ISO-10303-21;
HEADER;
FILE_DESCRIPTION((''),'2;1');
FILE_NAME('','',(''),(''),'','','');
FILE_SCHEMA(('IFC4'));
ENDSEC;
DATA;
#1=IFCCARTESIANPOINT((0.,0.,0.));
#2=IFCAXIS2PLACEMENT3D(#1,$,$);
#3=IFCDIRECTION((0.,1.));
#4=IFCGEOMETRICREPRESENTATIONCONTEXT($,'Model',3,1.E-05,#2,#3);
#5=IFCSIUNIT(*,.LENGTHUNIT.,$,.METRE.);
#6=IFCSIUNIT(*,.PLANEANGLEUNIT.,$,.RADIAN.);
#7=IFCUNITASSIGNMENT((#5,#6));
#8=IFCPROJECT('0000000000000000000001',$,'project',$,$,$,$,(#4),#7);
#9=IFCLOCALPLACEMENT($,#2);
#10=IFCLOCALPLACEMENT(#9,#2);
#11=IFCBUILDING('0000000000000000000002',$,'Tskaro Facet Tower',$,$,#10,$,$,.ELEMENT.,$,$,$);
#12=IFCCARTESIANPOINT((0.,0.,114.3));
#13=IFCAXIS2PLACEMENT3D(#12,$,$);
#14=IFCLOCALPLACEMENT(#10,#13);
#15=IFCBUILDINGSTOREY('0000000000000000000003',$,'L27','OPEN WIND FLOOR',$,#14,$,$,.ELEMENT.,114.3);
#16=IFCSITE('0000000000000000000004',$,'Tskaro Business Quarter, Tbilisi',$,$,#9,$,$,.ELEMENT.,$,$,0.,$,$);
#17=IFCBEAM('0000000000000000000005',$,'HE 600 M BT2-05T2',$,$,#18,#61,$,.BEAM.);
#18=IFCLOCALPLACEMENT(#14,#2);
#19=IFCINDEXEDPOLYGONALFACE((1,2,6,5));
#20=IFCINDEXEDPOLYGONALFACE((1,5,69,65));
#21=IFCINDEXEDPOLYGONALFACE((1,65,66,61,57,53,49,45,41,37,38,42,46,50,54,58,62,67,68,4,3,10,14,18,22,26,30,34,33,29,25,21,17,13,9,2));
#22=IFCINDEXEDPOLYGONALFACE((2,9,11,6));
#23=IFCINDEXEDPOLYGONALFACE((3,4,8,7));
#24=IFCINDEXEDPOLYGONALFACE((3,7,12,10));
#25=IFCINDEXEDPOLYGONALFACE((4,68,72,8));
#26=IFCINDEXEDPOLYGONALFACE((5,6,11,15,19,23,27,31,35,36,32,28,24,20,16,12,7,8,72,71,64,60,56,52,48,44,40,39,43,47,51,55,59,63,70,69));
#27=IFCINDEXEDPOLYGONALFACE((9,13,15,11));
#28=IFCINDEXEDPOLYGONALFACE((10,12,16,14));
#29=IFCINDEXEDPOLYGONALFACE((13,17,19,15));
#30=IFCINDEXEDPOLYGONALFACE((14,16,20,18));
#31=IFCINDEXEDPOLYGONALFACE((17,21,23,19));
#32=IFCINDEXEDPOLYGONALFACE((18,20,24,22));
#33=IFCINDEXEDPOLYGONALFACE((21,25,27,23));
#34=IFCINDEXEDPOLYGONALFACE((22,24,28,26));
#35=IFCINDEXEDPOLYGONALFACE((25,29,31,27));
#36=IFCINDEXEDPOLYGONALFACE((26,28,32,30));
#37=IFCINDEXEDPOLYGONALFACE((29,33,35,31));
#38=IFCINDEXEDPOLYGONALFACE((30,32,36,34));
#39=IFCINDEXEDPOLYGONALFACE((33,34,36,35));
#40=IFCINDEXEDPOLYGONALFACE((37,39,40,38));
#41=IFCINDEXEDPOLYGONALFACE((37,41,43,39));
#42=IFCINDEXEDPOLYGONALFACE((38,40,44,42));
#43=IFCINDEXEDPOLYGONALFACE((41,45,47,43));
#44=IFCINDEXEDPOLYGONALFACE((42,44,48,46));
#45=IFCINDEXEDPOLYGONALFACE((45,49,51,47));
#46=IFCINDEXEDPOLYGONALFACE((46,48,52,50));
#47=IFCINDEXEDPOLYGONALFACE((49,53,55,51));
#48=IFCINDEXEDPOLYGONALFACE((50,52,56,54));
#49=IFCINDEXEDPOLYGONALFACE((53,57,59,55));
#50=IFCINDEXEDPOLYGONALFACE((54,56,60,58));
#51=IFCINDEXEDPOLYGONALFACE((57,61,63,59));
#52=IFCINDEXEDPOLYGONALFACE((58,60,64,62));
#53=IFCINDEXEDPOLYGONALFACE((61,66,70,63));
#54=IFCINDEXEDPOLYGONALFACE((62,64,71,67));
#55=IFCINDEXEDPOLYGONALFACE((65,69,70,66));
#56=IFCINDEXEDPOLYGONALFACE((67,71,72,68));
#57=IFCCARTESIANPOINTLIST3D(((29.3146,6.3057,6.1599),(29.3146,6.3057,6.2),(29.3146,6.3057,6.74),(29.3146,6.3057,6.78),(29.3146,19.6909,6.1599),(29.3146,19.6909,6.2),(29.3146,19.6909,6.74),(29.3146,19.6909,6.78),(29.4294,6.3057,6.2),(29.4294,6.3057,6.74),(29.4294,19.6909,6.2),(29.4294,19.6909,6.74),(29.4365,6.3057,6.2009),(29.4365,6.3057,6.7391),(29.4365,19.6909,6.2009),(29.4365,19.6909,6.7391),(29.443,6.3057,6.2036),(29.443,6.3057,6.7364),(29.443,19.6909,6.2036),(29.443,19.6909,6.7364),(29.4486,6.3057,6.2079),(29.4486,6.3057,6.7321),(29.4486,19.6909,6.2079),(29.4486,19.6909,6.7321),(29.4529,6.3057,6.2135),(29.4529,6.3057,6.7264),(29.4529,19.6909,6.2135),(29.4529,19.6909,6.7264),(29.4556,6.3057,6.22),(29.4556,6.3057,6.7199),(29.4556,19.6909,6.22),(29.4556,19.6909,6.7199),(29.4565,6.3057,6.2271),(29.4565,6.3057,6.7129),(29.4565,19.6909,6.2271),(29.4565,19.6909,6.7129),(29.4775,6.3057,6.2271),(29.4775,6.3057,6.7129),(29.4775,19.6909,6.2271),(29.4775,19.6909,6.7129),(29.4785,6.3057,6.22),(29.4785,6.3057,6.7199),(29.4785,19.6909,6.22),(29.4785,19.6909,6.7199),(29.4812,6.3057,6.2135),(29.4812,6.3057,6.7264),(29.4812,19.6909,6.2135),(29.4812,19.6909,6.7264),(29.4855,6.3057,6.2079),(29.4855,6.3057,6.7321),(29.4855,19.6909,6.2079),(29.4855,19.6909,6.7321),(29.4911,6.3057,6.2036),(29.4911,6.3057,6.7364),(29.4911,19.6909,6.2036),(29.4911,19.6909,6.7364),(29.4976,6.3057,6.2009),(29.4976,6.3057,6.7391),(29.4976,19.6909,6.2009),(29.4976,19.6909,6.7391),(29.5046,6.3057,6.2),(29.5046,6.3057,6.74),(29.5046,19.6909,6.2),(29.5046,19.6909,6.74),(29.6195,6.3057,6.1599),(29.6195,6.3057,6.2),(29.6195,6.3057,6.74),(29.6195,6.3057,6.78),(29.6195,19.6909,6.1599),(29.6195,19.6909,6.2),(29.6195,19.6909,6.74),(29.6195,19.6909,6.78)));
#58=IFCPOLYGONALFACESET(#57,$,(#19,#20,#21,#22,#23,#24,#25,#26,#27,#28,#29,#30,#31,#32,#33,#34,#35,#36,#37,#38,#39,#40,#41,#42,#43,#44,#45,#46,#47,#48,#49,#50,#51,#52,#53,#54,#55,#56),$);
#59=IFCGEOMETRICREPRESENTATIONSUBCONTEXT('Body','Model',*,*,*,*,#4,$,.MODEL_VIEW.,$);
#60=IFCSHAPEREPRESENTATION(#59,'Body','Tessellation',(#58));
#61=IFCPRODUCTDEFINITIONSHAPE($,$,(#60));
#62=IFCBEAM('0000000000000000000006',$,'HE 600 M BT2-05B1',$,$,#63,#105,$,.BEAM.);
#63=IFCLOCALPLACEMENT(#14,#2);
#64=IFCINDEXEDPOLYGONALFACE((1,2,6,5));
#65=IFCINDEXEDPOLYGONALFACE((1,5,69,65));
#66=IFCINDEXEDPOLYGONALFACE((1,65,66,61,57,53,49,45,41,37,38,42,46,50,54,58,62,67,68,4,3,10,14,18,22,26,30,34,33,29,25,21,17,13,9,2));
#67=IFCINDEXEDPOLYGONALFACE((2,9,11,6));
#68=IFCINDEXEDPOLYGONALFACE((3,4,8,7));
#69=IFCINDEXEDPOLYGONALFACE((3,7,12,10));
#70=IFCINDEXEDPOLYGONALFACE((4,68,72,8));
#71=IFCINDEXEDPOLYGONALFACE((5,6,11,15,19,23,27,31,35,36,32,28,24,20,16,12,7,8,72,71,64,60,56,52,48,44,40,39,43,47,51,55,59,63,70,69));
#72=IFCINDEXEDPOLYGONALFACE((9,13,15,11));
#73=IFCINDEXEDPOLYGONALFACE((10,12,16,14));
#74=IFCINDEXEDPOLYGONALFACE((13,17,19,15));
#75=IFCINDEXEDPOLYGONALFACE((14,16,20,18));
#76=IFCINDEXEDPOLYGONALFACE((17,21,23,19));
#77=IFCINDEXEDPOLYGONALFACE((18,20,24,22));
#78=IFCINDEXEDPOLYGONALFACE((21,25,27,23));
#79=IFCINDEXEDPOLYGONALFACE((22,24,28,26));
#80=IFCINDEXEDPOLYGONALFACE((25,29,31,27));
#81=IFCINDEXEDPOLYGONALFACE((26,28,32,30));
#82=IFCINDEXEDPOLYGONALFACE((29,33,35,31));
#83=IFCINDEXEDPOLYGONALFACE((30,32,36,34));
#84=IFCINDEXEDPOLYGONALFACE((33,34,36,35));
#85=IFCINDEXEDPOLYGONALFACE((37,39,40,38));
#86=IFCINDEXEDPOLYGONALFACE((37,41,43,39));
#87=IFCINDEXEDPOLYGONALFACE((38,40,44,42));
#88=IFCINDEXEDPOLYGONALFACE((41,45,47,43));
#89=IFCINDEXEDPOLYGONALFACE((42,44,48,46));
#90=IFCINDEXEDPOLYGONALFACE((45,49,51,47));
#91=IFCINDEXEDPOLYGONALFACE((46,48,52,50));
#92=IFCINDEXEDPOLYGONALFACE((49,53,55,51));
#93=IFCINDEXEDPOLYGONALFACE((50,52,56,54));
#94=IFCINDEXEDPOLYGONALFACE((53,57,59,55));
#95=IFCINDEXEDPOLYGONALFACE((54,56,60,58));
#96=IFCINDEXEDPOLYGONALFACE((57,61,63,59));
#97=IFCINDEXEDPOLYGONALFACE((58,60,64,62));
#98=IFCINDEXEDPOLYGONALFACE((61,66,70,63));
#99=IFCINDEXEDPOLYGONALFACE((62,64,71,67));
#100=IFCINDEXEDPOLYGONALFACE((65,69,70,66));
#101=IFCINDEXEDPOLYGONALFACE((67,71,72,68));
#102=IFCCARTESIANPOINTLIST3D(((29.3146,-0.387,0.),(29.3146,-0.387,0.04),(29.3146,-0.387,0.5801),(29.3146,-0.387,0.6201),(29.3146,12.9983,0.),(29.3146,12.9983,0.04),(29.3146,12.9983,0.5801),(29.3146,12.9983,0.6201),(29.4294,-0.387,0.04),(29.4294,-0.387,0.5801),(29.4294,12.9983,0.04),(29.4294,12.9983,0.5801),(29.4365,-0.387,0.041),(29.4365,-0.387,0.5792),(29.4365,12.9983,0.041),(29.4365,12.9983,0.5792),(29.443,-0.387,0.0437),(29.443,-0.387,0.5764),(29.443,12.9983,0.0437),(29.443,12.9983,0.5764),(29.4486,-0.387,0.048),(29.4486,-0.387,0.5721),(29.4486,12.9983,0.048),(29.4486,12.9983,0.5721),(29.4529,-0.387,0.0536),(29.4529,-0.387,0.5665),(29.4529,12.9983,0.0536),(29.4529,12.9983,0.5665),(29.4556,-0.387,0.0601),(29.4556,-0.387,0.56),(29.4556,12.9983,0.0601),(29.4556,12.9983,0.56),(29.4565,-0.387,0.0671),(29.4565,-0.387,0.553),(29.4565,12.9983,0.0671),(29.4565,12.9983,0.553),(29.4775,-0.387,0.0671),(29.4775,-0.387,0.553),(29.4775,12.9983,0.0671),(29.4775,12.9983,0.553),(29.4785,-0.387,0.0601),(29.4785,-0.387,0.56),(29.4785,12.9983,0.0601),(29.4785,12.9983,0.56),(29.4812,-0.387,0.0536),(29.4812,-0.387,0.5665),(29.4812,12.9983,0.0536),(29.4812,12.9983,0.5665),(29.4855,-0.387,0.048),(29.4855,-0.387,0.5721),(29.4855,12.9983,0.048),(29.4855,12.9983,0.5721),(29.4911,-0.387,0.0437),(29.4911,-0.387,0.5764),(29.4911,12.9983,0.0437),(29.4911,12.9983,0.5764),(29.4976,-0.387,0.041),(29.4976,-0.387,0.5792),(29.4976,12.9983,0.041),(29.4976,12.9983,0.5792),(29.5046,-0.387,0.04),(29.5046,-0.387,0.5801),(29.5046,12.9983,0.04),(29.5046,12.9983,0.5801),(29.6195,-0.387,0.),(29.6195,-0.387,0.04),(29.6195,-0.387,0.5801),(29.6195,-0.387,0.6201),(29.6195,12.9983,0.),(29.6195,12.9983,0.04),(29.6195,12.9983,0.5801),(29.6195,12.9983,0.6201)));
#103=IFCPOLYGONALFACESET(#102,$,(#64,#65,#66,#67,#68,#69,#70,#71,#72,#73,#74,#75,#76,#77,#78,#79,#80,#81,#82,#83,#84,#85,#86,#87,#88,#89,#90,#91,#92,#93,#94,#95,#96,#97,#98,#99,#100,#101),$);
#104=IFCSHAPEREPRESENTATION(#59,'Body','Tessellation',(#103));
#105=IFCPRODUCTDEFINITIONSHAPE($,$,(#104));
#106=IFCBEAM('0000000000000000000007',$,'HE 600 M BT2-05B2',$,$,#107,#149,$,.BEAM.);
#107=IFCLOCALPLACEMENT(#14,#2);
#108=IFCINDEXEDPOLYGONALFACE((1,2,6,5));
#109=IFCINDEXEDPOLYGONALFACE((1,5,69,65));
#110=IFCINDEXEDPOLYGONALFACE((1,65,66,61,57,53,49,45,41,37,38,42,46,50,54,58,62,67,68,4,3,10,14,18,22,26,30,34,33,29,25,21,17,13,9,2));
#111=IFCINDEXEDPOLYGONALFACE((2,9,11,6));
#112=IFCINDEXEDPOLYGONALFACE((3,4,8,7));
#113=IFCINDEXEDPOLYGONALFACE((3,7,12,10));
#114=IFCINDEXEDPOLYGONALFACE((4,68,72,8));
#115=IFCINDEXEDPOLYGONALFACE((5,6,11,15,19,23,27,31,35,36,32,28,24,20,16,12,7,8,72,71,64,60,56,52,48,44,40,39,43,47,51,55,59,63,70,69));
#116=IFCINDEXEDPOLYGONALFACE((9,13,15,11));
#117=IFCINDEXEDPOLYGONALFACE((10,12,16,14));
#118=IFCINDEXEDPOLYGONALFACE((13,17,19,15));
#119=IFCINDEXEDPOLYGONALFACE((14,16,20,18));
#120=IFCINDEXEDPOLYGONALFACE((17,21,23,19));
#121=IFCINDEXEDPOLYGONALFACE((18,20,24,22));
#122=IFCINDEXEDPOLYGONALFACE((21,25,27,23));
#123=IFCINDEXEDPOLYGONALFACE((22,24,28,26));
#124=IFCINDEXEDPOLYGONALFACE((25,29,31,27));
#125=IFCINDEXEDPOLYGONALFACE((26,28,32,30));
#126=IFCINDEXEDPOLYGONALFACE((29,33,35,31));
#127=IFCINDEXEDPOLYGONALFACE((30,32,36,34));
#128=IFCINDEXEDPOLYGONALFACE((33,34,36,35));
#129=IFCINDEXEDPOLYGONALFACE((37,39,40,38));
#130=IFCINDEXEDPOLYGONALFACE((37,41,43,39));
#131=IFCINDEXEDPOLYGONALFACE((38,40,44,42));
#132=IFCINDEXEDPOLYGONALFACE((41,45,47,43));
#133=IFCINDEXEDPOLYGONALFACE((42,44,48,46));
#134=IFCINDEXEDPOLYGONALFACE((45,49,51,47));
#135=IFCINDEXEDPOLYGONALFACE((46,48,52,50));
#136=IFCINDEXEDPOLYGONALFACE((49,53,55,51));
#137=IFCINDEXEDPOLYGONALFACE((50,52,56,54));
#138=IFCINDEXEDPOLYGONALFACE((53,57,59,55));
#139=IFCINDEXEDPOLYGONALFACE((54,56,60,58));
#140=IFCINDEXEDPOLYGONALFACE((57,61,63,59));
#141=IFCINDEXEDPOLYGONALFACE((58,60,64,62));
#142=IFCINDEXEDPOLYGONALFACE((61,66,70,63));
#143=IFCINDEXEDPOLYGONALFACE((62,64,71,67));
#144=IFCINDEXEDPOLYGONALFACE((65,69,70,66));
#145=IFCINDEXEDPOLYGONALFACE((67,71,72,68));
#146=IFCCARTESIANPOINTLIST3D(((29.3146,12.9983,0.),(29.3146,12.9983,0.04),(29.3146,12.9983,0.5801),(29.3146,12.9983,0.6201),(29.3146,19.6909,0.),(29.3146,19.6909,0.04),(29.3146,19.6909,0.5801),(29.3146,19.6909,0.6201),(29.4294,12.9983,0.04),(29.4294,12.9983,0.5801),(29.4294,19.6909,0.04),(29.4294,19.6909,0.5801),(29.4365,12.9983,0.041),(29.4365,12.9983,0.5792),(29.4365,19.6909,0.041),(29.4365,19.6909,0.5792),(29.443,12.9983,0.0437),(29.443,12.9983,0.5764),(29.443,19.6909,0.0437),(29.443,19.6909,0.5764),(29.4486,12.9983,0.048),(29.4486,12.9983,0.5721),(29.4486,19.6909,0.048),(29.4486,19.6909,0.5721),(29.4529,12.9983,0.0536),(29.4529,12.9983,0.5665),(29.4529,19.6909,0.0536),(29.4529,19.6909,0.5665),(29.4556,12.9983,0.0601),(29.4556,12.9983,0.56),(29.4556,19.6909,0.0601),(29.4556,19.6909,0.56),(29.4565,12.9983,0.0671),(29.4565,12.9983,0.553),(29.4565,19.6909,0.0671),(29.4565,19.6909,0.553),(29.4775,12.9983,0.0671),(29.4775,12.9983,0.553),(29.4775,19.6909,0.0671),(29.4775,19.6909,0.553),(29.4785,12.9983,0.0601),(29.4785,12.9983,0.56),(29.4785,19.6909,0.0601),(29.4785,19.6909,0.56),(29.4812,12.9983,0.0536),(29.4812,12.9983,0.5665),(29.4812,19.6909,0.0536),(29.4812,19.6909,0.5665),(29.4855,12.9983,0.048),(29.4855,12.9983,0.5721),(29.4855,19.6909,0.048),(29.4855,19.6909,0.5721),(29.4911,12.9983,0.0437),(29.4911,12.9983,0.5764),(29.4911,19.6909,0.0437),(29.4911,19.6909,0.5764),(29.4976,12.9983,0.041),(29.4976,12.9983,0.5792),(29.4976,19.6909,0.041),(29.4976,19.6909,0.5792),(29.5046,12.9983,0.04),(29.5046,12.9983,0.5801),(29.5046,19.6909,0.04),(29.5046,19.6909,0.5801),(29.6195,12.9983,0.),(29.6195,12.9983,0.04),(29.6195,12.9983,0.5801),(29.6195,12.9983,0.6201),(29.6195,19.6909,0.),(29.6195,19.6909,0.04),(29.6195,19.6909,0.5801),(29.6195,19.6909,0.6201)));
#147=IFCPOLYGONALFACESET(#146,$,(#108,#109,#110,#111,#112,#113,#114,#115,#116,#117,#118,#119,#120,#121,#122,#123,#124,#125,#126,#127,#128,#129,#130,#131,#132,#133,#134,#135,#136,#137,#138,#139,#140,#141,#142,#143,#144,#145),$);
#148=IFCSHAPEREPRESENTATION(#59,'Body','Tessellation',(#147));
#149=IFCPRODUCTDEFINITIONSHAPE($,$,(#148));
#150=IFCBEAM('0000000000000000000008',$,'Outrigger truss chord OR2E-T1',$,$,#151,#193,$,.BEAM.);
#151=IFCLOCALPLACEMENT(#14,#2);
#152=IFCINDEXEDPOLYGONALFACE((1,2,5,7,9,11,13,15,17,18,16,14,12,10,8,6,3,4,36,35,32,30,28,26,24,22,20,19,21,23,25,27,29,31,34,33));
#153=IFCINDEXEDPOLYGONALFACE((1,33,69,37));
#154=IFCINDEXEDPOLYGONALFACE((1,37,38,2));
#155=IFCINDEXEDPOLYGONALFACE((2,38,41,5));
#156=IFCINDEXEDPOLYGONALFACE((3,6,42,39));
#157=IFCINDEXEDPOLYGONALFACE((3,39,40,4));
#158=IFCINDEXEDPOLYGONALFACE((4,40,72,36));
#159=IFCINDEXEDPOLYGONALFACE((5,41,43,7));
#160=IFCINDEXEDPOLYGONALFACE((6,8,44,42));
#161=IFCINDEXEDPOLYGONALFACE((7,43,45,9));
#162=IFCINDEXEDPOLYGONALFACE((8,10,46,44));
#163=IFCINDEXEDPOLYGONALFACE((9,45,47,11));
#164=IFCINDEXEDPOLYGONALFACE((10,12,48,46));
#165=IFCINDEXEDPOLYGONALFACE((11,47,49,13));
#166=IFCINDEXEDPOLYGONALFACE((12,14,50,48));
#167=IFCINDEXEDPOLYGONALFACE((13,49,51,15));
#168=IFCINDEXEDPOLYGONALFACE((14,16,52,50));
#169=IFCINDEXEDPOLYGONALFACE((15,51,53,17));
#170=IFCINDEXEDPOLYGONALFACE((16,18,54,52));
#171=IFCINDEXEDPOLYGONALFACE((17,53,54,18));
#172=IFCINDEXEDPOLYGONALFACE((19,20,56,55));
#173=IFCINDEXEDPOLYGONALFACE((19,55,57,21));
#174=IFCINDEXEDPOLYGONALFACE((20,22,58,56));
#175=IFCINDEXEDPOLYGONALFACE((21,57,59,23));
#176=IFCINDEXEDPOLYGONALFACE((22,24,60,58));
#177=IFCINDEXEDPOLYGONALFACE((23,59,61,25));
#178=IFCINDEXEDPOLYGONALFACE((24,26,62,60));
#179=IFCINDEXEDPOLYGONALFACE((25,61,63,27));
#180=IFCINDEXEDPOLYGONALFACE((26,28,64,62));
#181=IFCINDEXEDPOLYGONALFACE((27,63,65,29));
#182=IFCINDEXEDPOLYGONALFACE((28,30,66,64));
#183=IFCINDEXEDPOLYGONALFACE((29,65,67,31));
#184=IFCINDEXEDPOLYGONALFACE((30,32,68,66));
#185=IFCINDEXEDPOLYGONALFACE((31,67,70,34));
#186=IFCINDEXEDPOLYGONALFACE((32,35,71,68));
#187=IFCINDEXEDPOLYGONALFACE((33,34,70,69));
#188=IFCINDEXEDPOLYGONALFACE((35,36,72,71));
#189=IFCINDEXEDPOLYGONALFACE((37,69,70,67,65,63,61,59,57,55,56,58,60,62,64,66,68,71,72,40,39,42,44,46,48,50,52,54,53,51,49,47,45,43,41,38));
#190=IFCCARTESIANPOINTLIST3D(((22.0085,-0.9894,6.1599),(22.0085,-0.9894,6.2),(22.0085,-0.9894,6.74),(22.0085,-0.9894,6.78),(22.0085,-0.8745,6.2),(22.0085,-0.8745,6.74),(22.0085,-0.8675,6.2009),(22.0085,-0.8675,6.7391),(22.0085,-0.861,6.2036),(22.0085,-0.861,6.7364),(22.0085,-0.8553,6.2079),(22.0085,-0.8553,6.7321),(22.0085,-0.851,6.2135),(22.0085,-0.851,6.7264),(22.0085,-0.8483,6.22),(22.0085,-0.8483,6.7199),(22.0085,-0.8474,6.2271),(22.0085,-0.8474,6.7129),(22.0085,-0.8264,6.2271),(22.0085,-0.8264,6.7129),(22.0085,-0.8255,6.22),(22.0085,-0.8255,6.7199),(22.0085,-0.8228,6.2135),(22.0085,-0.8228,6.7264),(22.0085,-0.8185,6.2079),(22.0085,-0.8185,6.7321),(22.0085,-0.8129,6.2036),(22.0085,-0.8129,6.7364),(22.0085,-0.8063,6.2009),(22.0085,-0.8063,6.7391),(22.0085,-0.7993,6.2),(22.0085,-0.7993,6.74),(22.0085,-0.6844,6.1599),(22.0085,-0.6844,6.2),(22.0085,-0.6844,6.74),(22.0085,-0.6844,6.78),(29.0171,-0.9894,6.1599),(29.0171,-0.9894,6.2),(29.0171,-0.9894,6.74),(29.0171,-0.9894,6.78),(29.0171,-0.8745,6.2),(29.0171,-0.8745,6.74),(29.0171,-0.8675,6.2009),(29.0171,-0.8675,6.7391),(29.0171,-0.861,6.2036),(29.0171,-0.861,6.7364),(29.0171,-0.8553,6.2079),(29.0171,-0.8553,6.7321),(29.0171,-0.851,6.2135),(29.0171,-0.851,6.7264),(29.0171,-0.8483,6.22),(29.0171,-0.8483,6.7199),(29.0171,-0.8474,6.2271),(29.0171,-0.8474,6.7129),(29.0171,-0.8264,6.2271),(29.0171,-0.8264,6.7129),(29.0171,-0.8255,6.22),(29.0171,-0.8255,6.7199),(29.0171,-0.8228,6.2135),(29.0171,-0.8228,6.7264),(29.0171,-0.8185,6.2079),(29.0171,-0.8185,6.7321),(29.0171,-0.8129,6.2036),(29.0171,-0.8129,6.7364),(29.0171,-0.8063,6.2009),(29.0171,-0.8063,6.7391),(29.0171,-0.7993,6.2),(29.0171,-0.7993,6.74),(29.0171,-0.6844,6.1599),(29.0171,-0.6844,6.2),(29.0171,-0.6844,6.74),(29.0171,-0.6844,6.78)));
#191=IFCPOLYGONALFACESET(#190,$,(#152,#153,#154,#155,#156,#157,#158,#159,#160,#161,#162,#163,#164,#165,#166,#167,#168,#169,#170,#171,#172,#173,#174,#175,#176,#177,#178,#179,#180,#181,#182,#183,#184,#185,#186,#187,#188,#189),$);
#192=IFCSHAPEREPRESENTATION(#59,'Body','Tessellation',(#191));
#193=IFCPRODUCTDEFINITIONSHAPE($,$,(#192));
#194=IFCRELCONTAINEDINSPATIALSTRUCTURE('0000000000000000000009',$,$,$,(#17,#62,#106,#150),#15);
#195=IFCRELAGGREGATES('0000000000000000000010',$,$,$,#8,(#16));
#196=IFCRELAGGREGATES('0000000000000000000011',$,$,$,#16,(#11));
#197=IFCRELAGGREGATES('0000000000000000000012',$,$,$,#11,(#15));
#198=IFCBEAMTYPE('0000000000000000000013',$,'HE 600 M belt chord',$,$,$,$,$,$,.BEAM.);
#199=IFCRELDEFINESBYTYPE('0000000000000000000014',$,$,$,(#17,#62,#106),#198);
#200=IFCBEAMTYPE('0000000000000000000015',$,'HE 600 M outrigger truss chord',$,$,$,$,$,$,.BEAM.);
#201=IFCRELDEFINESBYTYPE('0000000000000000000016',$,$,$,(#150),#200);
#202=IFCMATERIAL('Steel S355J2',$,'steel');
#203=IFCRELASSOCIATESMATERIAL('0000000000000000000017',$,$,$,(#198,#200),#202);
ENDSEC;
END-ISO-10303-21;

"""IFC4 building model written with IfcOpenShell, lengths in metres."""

from ifc_helpers import new_model, si_unit, direction, frame, origin, origin_2d, place, context, subcontext, project, spatial, i_section, extrude, material, material_profile, profile_set, type_object, element, save


model = new_model("IFC4")

# Units and contexts
model_context = context("Model", 3, precision=1e-05, world=origin(), true_north=direction((0.0, 1.0)))
body_context = subcontext(model_context, "Body", "Model", "MODEL_VIEW")
ifc_project = project(units=[si_unit("LENGTHUNIT", "METRE"), si_unit("PLANEANGLEUNIT", "RADIAN")], contexts=[model_context])

# Site, building, storey
site_placement = place(None, origin())
site = spatial("IfcSite", under=ifc_project, at=site_placement, Name="Tskaro Business Quarter, Tbilisi", CompositionType="ELEMENT", RefElevation=0.0)
building_placement = place(site_placement, origin())
building = spatial("IfcBuilding", under=site, at=building_placement, Name="Tskaro Facet Tower", CompositionType="ELEMENT")
storey_placement = place(building_placement, frame((0.0, 0.0, 114.3)))
storey = spatial("IfcBuildingStorey", under=building, at=storey_placement, Name="L27", Description="OPEN WIND FLOOR", CompositionType="ELEMENT", Elevation=114.3)

# Shared definitions
ifc_material_1 = material(Name="Steel S355J2", Category="steel")

# Beams
ifc_material_profile_1 = material_profile(ifc_material_1, i_section(OverallWidth=0.3049, OverallDepth=0.6201, WebThickness=0.021, FlangeThickness=0.04, FilletRadius=0.0271, at=origin_2d()), Name="HE 600 M")
ifc_profile_set_1 = profile_set([ifc_material_profile_1], Name="Steel S355J2")
beam_type_1 = type_object("IfcBeamType", Name="HE 600 M belt chord", PredefinedType="BEAM", material=ifc_profile_set_1)
for number, where, z_axis, x_axis, name in (
    (1, (29.467, 6.3057, 6.47), (0.0, 1.0, 0.0), (-1.0, 0.0, 0.0), "HE 600 M BT2-05T2"),
    (2, (29.467, -0.387, 0.3101), (0.0, 1.0, 0.0), (-1.0, 0.0, 0.0), "HE 600 M BT2-05B1"),
):
    element("IfcBeam", number, at=place(storey_placement, frame(where, z_axis=z_axis, x_axis=x_axis)), inside=storey, type_object=beam_type_1, Name=name, PredefinedType="BEAM", context=body_context, shape_type="SweptSolid", body=[
        extrude(i_section(OverallWidth=0.3049, OverallDepth=0.6201, WebThickness=0.021, FlangeThickness=0.04, FilletRadius=0.0271, at=origin_2d()), origin(), (0.0, 0.0, 1.0), 13.3853),
    ])
beam_1_placement = place(storey_placement, frame((29.467, 12.9983, 0.3101), z_axis=(0.0, 1.0, 0.0), x_axis=(-1.0, 0.0, 0.0)))
element("IfcBeam", 3, at=beam_1_placement, inside=storey, type_object=beam_type_1, Name="HE 600 M BT2-05B2", PredefinedType="BEAM", context=body_context, shape_type="SweptSolid", body=[
    extrude(i_section(OverallWidth=0.3049, OverallDepth=0.6201, WebThickness=0.021, FlangeThickness=0.04, FilletRadius=0.0271, at=origin_2d()), origin(), (0.0, 0.0, 1.0), 6.6926),
])
ifc_material_profile_2 = material_profile(ifc_material_1, i_section(OverallWidth=0.3049, OverallDepth=0.6201, WebThickness=0.021, FlangeThickness=0.04, FilletRadius=0.0271, at=origin_2d()), Name="HE 600 M")
ifc_profile_set_2 = profile_set([ifc_material_profile_2], Name="Steel S355J2")
beam_type_2 = type_object("IfcBeamType", Name="HE 600 M outrigger truss chord", PredefinedType="BEAM", material=ifc_profile_set_2)
for number, where, z_axis, x_axis, name in (
    (4, (29.0171, -0.8369, 6.47), (-1.0, 0.0, 0.0), (0.0, -1.0, 0.0), "Outrigger truss chord OR2E-T1"),
):
    element("IfcBeam", number, at=place(storey_placement, frame(where, z_axis=z_axis, x_axis=x_axis)), inside=storey, type_object=beam_type_2, Name=name, PredefinedType="BEAM", context=body_context, shape_type="SweptSolid", body=[
        extrude(i_section(OverallWidth=0.3049, OverallDepth=0.6201, WebThickness=0.021, FlangeThickness=0.04, FilletRadius=0.0271, at=origin_2d()), origin(), (0.0, 0.0, 1.0), 7.0085),
    ])

save(model, "model.ifc")
